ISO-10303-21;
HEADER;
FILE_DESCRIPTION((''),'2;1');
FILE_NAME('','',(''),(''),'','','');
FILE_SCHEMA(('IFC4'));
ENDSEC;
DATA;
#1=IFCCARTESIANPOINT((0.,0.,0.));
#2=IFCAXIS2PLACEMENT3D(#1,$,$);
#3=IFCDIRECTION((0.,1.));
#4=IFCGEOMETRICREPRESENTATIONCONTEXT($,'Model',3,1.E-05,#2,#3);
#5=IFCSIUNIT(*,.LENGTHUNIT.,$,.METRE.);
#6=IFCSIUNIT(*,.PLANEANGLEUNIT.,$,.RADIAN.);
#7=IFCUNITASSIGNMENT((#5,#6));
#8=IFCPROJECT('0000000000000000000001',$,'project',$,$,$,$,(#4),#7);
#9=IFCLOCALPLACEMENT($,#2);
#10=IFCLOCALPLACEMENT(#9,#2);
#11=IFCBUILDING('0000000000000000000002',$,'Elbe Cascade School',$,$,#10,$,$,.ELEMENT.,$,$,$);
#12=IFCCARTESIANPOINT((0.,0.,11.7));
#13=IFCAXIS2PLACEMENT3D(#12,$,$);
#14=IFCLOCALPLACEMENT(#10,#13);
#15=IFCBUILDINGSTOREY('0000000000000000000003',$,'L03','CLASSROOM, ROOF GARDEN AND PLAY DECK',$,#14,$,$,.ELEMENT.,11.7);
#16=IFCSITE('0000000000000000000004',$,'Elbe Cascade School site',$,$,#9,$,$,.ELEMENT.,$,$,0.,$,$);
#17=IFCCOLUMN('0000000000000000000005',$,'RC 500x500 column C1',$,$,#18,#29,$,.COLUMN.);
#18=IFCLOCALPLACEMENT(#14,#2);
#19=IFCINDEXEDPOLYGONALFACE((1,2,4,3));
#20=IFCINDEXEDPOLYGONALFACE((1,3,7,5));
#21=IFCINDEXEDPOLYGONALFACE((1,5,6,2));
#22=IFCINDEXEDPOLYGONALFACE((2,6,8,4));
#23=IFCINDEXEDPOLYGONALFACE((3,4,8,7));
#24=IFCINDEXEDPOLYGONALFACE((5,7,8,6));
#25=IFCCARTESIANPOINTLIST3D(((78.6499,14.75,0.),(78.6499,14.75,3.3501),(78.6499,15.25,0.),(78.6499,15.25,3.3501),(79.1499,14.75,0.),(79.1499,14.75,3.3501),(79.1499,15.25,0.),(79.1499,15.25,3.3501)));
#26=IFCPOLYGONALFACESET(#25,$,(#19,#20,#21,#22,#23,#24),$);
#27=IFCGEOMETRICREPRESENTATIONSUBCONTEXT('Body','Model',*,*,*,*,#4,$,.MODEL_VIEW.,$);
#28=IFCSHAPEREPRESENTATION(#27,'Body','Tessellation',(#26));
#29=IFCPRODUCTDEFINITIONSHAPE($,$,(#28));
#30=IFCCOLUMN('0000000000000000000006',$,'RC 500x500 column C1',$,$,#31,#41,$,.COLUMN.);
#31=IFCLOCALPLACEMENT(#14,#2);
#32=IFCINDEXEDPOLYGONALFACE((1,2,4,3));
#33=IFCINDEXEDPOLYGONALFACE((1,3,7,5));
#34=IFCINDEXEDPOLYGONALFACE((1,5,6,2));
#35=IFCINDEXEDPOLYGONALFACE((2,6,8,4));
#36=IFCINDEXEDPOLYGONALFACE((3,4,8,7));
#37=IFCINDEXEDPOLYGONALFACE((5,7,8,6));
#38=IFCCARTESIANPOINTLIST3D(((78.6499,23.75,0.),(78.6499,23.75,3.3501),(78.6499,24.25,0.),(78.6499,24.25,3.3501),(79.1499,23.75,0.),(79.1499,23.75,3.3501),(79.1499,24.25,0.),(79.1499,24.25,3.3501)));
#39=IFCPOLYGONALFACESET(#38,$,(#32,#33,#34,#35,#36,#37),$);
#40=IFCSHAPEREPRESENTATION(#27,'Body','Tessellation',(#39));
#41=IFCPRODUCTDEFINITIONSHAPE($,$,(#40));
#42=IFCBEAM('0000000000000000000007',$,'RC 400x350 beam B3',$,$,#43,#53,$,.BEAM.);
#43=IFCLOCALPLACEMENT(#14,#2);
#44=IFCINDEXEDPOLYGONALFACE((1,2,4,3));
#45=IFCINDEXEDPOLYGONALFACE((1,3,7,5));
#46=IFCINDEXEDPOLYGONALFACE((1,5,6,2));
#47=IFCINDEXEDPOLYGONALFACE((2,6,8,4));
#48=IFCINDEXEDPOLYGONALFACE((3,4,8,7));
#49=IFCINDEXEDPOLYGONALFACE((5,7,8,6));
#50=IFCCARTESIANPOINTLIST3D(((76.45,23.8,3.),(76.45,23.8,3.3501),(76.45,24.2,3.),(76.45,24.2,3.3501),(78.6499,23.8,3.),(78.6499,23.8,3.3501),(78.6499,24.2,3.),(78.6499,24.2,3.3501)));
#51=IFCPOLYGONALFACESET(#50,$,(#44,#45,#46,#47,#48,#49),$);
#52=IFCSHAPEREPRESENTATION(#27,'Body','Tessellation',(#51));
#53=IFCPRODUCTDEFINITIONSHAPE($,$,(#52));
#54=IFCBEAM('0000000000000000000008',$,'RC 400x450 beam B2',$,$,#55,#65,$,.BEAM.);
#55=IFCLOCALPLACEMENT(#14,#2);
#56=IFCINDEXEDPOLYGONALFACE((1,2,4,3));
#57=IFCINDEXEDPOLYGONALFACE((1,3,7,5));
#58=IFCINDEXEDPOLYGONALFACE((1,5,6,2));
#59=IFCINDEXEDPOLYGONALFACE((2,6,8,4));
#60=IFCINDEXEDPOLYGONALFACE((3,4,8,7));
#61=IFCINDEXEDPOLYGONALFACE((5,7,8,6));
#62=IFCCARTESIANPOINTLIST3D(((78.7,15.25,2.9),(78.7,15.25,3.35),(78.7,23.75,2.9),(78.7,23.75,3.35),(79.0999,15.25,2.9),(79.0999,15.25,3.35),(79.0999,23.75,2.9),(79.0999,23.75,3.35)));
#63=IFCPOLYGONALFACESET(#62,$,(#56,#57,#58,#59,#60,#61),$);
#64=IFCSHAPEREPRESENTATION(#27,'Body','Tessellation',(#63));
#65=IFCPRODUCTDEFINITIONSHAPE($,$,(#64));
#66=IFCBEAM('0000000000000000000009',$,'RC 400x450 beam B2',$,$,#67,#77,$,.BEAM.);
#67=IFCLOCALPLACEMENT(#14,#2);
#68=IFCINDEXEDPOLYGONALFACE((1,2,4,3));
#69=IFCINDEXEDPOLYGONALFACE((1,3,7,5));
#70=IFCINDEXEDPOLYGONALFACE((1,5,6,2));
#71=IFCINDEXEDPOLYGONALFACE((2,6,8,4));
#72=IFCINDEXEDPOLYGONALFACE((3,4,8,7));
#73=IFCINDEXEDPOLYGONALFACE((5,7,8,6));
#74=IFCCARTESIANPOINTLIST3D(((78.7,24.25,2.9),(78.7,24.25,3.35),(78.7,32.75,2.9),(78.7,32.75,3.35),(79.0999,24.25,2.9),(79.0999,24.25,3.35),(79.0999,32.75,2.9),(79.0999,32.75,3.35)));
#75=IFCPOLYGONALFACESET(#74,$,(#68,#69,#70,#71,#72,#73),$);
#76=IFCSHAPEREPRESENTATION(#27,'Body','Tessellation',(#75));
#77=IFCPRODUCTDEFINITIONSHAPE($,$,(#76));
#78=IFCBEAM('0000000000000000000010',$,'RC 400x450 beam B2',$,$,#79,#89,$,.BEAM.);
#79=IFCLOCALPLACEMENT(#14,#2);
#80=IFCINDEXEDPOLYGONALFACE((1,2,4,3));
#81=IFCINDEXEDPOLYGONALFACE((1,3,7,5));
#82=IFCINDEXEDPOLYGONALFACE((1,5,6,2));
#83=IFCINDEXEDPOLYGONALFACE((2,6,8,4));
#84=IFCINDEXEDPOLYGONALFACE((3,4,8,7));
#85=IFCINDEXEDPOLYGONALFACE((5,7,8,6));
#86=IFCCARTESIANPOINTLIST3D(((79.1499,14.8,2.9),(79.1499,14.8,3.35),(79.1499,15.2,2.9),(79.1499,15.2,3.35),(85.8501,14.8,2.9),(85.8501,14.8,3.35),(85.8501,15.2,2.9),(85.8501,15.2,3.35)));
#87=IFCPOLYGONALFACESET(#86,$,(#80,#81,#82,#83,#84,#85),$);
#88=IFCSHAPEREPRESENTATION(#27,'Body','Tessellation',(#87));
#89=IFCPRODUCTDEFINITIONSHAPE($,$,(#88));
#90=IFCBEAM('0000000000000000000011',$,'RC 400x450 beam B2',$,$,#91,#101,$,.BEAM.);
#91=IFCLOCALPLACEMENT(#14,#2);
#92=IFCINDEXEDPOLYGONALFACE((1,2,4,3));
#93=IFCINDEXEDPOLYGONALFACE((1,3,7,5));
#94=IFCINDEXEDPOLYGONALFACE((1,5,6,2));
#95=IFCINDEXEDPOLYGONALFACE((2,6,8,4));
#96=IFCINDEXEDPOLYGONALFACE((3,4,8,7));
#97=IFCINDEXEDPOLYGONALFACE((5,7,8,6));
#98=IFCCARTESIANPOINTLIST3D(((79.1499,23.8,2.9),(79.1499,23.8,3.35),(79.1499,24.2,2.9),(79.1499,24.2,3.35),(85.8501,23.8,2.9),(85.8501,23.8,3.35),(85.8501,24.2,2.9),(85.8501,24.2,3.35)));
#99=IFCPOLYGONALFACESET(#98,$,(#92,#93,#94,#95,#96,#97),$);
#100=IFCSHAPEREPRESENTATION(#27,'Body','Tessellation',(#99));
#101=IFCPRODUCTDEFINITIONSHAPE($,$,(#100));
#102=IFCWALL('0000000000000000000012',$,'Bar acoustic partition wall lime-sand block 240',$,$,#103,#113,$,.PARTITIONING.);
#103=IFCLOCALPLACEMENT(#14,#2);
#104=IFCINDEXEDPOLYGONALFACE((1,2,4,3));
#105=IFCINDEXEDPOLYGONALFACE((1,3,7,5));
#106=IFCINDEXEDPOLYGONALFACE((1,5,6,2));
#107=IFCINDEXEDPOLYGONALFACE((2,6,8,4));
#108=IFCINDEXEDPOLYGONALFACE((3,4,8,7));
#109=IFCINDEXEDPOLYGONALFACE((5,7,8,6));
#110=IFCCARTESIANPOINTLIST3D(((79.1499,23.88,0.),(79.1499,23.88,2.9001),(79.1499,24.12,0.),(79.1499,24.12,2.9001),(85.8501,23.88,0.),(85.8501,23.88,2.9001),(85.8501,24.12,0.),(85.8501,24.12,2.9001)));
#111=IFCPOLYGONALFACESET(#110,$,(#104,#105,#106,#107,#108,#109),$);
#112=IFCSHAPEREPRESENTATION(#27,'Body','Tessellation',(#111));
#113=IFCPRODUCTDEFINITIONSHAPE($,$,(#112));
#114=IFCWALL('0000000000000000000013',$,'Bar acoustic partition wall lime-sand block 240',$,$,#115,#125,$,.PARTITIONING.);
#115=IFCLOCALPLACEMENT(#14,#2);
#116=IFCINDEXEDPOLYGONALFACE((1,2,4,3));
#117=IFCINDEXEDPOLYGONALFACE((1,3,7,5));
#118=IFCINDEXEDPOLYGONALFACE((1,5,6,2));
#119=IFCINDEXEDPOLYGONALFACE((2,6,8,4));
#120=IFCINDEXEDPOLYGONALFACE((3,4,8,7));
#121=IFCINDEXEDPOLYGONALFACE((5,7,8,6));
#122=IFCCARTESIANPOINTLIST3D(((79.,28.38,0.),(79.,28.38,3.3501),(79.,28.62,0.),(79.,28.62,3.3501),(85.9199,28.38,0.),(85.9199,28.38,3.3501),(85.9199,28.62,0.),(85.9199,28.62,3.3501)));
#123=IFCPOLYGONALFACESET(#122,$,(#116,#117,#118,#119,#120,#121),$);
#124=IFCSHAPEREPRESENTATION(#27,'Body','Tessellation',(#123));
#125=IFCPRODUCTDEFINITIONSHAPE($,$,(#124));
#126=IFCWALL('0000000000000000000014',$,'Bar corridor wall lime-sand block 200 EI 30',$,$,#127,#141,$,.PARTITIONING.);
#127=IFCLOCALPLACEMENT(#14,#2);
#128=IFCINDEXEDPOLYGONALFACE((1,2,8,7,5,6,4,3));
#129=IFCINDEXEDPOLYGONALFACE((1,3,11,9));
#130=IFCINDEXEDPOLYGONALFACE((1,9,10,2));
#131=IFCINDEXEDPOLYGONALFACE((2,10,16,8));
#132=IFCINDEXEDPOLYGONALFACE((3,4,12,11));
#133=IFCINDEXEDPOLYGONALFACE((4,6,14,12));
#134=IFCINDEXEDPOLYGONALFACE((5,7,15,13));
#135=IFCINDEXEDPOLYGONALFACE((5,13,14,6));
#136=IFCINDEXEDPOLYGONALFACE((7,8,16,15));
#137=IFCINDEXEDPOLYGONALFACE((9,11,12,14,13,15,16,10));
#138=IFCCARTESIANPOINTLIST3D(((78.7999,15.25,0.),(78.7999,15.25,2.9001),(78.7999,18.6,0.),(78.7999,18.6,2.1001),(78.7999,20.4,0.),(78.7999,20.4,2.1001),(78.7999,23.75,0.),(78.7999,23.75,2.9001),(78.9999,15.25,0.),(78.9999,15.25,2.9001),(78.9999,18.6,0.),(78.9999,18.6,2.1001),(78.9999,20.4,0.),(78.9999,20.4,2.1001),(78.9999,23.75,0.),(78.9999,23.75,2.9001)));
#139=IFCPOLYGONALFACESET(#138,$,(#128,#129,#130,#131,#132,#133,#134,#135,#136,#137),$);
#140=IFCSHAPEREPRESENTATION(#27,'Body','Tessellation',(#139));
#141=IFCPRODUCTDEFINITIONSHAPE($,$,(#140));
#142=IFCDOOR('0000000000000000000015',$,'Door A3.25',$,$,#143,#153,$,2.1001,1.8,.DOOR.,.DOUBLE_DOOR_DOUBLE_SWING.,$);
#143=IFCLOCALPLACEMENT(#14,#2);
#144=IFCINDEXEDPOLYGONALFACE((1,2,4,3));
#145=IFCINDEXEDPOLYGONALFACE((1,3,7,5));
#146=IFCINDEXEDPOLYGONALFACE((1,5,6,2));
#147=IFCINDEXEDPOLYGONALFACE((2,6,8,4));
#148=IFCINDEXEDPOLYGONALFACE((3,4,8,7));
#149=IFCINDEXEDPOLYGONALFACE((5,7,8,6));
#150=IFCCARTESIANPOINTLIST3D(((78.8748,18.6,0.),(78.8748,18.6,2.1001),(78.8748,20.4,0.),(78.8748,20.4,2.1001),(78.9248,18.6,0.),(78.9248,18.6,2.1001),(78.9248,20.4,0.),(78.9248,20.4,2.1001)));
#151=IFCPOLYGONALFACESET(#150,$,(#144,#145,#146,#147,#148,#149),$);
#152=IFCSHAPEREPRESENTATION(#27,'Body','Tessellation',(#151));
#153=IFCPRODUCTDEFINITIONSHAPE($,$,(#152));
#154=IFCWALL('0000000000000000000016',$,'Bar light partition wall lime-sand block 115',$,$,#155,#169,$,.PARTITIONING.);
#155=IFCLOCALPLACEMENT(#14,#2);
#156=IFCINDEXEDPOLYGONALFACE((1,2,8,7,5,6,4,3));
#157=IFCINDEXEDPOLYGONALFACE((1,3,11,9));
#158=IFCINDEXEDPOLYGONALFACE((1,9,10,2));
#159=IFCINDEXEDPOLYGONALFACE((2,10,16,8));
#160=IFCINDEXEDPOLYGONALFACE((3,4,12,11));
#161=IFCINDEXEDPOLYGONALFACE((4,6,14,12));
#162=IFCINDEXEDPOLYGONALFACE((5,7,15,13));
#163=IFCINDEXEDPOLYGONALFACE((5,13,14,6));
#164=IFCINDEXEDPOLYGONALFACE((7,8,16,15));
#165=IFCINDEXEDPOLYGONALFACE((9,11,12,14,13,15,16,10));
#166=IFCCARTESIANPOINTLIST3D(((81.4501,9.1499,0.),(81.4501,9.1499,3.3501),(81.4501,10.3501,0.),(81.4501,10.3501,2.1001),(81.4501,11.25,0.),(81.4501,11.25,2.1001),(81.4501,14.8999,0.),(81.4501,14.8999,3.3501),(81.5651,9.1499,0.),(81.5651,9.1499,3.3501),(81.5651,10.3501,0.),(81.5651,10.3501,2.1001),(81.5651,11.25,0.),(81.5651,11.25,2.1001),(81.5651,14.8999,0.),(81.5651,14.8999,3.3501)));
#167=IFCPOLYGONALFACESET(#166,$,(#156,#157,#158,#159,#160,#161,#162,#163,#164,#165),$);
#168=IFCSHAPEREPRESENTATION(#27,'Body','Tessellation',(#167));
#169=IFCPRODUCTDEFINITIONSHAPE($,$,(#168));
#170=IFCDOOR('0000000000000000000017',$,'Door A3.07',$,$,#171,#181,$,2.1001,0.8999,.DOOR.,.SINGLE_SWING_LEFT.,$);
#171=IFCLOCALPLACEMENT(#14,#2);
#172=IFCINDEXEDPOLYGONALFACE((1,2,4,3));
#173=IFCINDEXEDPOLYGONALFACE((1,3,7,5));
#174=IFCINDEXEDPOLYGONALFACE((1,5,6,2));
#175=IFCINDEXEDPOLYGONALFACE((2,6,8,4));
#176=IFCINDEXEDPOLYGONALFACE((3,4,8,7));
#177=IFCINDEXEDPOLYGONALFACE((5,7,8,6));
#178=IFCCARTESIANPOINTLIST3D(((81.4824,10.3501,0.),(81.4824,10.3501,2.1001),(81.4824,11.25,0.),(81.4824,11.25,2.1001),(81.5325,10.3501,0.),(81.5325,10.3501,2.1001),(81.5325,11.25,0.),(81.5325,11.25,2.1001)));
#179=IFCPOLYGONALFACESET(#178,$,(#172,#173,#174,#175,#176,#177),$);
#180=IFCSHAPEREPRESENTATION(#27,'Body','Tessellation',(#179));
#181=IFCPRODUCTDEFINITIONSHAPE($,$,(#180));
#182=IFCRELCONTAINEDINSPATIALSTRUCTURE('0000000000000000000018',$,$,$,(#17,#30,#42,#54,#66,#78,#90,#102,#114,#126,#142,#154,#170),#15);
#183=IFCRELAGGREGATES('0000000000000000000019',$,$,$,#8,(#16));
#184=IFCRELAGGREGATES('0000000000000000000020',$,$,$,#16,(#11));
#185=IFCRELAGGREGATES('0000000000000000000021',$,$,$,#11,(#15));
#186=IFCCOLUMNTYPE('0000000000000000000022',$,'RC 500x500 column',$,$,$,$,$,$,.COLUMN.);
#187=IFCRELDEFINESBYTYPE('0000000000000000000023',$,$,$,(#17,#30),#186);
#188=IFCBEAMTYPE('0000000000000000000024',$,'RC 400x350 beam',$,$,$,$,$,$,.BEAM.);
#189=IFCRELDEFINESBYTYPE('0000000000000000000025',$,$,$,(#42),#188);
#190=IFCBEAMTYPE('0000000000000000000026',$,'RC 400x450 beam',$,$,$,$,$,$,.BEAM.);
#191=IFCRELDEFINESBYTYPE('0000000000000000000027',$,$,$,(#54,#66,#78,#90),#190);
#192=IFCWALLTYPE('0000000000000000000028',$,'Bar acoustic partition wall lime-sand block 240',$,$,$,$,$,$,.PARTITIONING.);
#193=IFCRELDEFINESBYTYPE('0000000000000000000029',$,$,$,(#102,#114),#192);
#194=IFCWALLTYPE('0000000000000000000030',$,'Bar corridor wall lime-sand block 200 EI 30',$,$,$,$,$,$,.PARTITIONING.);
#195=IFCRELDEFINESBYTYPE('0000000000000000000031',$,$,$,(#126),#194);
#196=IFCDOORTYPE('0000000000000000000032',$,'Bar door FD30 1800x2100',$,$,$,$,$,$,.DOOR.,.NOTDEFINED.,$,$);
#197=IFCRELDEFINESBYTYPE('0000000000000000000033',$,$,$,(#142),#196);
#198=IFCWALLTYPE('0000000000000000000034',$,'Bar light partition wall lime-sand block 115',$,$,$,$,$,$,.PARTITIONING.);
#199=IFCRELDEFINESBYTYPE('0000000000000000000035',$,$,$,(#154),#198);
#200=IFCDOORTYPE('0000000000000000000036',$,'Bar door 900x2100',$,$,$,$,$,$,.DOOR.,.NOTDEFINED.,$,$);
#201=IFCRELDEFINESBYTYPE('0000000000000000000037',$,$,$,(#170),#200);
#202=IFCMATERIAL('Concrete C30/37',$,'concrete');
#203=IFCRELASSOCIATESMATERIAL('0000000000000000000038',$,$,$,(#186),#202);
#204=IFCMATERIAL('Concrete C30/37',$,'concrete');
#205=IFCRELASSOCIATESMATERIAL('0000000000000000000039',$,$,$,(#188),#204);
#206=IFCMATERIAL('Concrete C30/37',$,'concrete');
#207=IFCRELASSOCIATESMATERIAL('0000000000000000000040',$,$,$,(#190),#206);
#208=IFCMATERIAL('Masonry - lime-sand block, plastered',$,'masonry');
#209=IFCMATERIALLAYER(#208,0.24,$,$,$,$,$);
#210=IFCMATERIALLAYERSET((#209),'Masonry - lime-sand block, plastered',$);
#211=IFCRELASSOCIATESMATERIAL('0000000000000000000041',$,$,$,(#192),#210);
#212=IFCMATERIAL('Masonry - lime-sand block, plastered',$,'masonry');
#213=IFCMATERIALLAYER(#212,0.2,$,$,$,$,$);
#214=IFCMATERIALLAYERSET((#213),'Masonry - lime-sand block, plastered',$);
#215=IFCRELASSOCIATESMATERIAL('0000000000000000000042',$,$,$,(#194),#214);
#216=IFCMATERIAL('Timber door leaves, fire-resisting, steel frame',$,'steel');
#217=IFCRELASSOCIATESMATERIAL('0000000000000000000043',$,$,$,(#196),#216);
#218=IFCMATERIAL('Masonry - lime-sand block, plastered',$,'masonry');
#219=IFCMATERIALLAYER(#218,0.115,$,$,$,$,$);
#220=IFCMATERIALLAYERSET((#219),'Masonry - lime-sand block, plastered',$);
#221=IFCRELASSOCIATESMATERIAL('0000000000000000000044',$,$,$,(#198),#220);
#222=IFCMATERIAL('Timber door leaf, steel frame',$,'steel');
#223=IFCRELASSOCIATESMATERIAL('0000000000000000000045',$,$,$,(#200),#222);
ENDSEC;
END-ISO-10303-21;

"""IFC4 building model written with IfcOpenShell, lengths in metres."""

from ifc_helpers import new_model, si_unit, direction, frame, frame_2d, origin, origin_2d, place, context, subcontext, project, spatial, rectangle, extrude, material, layer, layer_set, material_profile, profile_set, type_object, element, fill, save


model = new_model("IFC4")

# Units and contexts
model_context = context("Model", 3, precision=1e-05, world=origin(), true_north=direction((0.0, 1.0)))
body_context = subcontext(model_context, "Body", "Model", "MODEL_VIEW")
ifc_project = project(units=[si_unit("LENGTHUNIT", "METRE"), si_unit("PLANEANGLEUNIT", "RADIAN")], contexts=[model_context])

# Site, building, storey
site_placement = place(None, origin())
site = spatial("IfcSite", under=ifc_project, at=site_placement, Name="Elbe Cascade School site", CompositionType="ELEMENT", RefElevation=0.0)
building_placement = place(site_placement, origin())
building = spatial("IfcBuilding", under=site, at=building_placement, Name="Elbe Cascade School", CompositionType="ELEMENT")
storey_placement = place(building_placement, frame((0.0, 0.0, 11.7)))
storey = spatial("IfcBuildingStorey", under=building, at=storey_placement, Name="L03", Description="CLASSROOM, ROOF GARDEN AND PLAY DECK", CompositionType="ELEMENT", Elevation=11.7)

# Columns
ifc_material_1 = material(Name="Concrete C30/37", Category="concrete")
ifc_material_profile_1 = material_profile(ifc_material_1, rectangle(XDim=0.5, YDim=0.5, at=origin_2d()), Name="RC 500x500")
ifc_profile_set_1 = profile_set([ifc_material_profile_1], Name="Concrete C30/37")
column_type = type_object("IfcColumnType", Name="RC 500x500 column", PredefinedType="COLUMN", material=ifc_profile_set_1)
for number, where, z_axis, x_axis, name in (
    (1, (78.8999, 15.0, 0.0), (0.0, 0.0, 1.0), (1.0, 0.0, 0.0), "RC 500x500 column C1"),
    (2, (78.8999, 24.0, 0.0), (0.0, 0.0, 1.0), (1.0, 0.0, 0.0), "RC 500x500 column C1"),
):
    element("IfcColumn", number, at=place(storey_placement, frame(where, z_axis=z_axis, x_axis=x_axis)), inside=storey, type_object=column_type, Name=name, PredefinedType="COLUMN", context=body_context, shape_type="SweptSolid", body=[
        extrude(rectangle(XDim=0.5, YDim=0.5, at=origin_2d()), origin(), (0.0, 0.0, 1.0), 3.3501),
    ])

# Beams
ifc_material_2 = material(Name="Concrete C30/37", Category="concrete")
ifc_material_profile_2 = material_profile(ifc_material_2, rectangle(XDim=0.3999, YDim=0.3501, at=origin_2d()), Name="RC 400x350")
ifc_profile_set_2 = profile_set([ifc_material_profile_2], Name="Concrete C30/37")
beam_type_1 = type_object("IfcBeamType", Name="RC 400x350 beam", PredefinedType="BEAM", material=ifc_profile_set_2)
beam_placement = place(storey_placement, frame((76.45, 24.0, 3.175), z_axis=(1.0, 0.0, 0.0), x_axis=(0.0, 1.0, 0.0)))
element("IfcBeam", 3, at=beam_placement, inside=storey, type_object=beam_type_1, Name="RC 400x350 beam B3", PredefinedType="BEAM", context=body_context, shape_type="SweptSolid", body=[
    extrude(rectangle(XDim=0.3999, YDim=0.3501, at=origin_2d()), origin(), (0.0, 0.0, 1.0), 2.2),
])
ifc_material_3 = material(Name="Concrete C30/37", Category="concrete")
ifc_material_profile_3 = material_profile(ifc_material_3, rectangle(XDim=0.3999, YDim=0.45, at=origin_2d()), Name="RC 400x450")
ifc_profile_set_3 = profile_set([ifc_material_profile_3], Name="Concrete C30/37")
beam_type_2 = type_object("IfcBeamType", Name="RC 400x450 beam", PredefinedType="BEAM", material=ifc_profile_set_3)
for number, where, z_axis, x_axis, name in (
    (4, (78.8999, 15.25, 3.125), (0.0, 1.0, 0.0), (-1.0, 0.0, 0.0), "RC 400x450 beam B2"),
    (5, (78.8999, 24.25, 3.125), (0.0, 1.0, 0.0), (-1.0, 0.0, 0.0), "RC 400x450 beam B2"),
):
    element("IfcBeam", number, at=place(storey_placement, frame(where, z_axis=z_axis, x_axis=x_axis)), inside=storey, type_object=beam_type_2, Name=name, PredefinedType="BEAM", context=body_context, shape_type="SweptSolid", body=[
        extrude(rectangle(XDim=0.3999, YDim=0.45, at=origin_2d()), origin(), (0.0, 0.0, 1.0), 8.5),
    ])
for number, where, z_axis, x_axis, name in (
    (6, (79.1499, 15.0, 3.125), (1.0, 0.0, 0.0), (0.0, 1.0, 0.0), "RC 400x450 beam B2"),
    (7, (79.1499, 24.0, 3.125), (1.0, 0.0, 0.0), (0.0, 1.0, 0.0), "RC 400x450 beam B2"),
):
    element("IfcBeam", number, at=place(storey_placement, frame(where, z_axis=z_axis, x_axis=x_axis)), inside=storey, type_object=beam_type_2, Name=name, PredefinedType="BEAM", context=body_context, shape_type="SweptSolid", body=[
        extrude(rectangle(XDim=0.3999, YDim=0.45, at=origin_2d()), origin(), (0.0, 0.0, 1.0), 6.7002),
    ])

# Walls
ifc_material_4 = material(Name="Masonry - lime-sand block, plastered", Category="masonry")
ifc_layer_1 = layer(ifc_material_4, 0.24)
ifc_layer_set_1 = layer_set([ifc_layer_1], Name="Masonry - lime-sand block, plastered")
wall_type_1 = type_object("IfcWallType", Name="Bar acoustic partition wall lime-sand block 240", PredefinedType="PARTITIONING", material=ifc_layer_set_1)
wall_1_placement = place(storey_placement, frame((79.1499, 24.0, 0.0), z_axis=(0.0, 0.0, 1.0), x_axis=(1.0, 0.0, 0.0)))
element("IfcWall", 8, at=wall_1_placement, inside=storey, type_object=wall_type_1, Name="Bar acoustic partition wall lime-sand block 240", PredefinedType="PARTITIONING", context=body_context, shape_type="SweptSolid", body=[
    extrude(rectangle(XDim=6.7002, YDim=0.24, at=frame_2d((3.3501, 0.0))), origin(), (0.0, 0.0, 1.0), 2.9001),
])
wall_2_placement = place(storey_placement, frame((79.0, 28.5, 0.0), z_axis=(0.0, 0.0, 1.0), x_axis=(1.0, 0.0, 0.0)))
element("IfcWall", 9, at=wall_2_placement, inside=storey, type_object=wall_type_1, Name="Bar acoustic partition wall lime-sand block 240", PredefinedType="PARTITIONING", context=body_context, shape_type="SweptSolid", body=[
    extrude(rectangle(XDim=6.9199, YDim=0.24, at=frame_2d((3.46, 0.0))), origin(), (0.0, 0.0, 1.0), 3.3501),
])

# Walls, openings, doors
ifc_material_5 = material(Name="Masonry - lime-sand block, plastered", Category="masonry")
ifc_layer_2 = layer(ifc_material_5, 0.2)
ifc_layer_set_2 = layer_set([ifc_layer_2], Name="Masonry - lime-sand block, plastered")
wall_type_2 = type_object("IfcWallType", Name="Bar corridor wall lime-sand block 200 EI 30", PredefinedType="PARTITIONING", material=ifc_layer_set_2)
wall_3_placement = place(storey_placement, frame((78.8999, 23.75, 0.0), z_axis=(0.0, 0.0, 1.0), x_axis=(0.0, -1.0, 0.0)))
wall_3 = element("IfcWall", 10, at=wall_3_placement, inside=storey, type_object=wall_type_2, Name="Bar corridor wall lime-sand block 200 EI 30", PredefinedType="PARTITIONING", context=body_context, shape_type="SweptSolid", body=[
    extrude(rectangle(XDim=8.5, YDim=0.2, at=frame_2d((4.25, 0.0))), origin(), (0.0, 0.0, 1.0), 2.9001),
])
opening_1_placement = place(wall_3_placement, frame((3.3501, 0.0, 0.0)))
opening_1 = element("IfcOpeningElement", 11, at=opening_1_placement, cuts=wall_3, PredefinedType="OPENING", context=body_context, shape_type="SweptSolid", body=[
    extrude(rectangle(XDim=1.8, YDim=2.1001, at=frame_2d((0.8999, 1.05))), frame((0.0, 0.1099, 0.0), z_axis=(0.0, -1.0, 0.0), x_axis=(1.0, 0.0, 0.0)), (0.0, 0.0, 1.0), 0.22),
])
ifc_material_6 = material(Name="Timber door leaves, fire-resisting, steel frame", Category="steel")
door_type_1 = type_object("IfcDoorType", Name="Bar door FD30 1800x2100", OperationType="NOTDEFINED", PredefinedType="DOOR", material=ifc_material_6)
door_1_placement = place(opening_1_placement, origin())
door_1 = element("IfcDoor", 12, at=door_1_placement, inside=storey, type_object=door_type_1, Name="Door A3.25", OperationType="DOUBLE_DOOR_DOUBLE_SWING", OverallHeight=2.1001, OverallWidth=1.8, PredefinedType="DOOR", context=body_context, shape_type="SweptSolid", body=[
    extrude(rectangle(XDim=1.8, YDim=2.1001, at=frame_2d((0.8999, 1.05))), frame((0.0, 0.0249, 0.0), z_axis=(0.0, -1.0, 0.0), x_axis=(1.0, 0.0, 0.0)), (0.0, 0.0, 1.0), 0.05),
])
fill(opening_1, door_1)
ifc_material_7 = material(Name="Masonry - lime-sand block, plastered", Category="masonry")
ifc_layer_3 = layer(ifc_material_7, 0.115)
ifc_layer_set_3 = layer_set([ifc_layer_3], Name="Masonry - lime-sand block, plastered")
wall_type_3 = type_object("IfcWallType", Name="Bar light partition wall lime-sand block 115", PredefinedType="PARTITIONING", material=ifc_layer_set_3)
wall_4_placement = place(storey_placement, frame((81.5076, 14.8999, 0.0), z_axis=(0.0, 0.0, 1.0), x_axis=(0.0, -1.0, 0.0)))
wall_4 = element("IfcWall", 13, at=wall_4_placement, inside=storey, type_object=wall_type_3, Name="Bar light partition wall lime-sand block 115", PredefinedType="PARTITIONING", context=body_context, shape_type="SweptSolid", body=[
    extrude(rectangle(XDim=5.75, YDim=0.115, at=frame_2d((2.875, 0.0))), origin(), (0.0, 0.0, 1.0), 3.3501),
])
opening_2_placement = place(wall_4_placement, frame((3.6499, 0.0, 0.0)))
opening_2 = element("IfcOpeningElement", 14, at=opening_2_placement, cuts=wall_4, PredefinedType="OPENING", context=body_context, shape_type="SweptSolid", body=[
    extrude(rectangle(XDim=0.8999, YDim=2.1001, at=frame_2d((0.45, 1.05))), frame((0.0, 0.0674, 0.0), z_axis=(0.0, -1.0, 0.0), x_axis=(1.0, 0.0, 0.0)), (0.0, 0.0, 1.0), 0.135),
])
ifc_material_8 = material(Name="Timber door leaf, steel frame", Category="steel")
door_type_2 = type_object("IfcDoorType", Name="Bar door 900x2100", OperationType="NOTDEFINED", PredefinedType="DOOR", material=ifc_material_8)
door_2_placement = place(opening_2_placement, origin())
door_2 = element("IfcDoor", 15, at=door_2_placement, inside=storey, type_object=door_type_2, Name="Door A3.07", OperationType="SINGLE_SWING_LEFT", OverallHeight=2.1001, OverallWidth=0.8999, PredefinedType="DOOR", context=body_context, shape_type="SweptSolid", body=[
    extrude(rectangle(XDim=0.8999, YDim=2.1001, at=frame_2d((0.45, 1.05))), frame((0.0, 0.0249, 0.0), z_axis=(0.0, -1.0, 0.0), x_axis=(1.0, 0.0, 0.0)), (0.0, 0.0, 1.0), 0.05),
])
fill(opening_2, door_2)

save(model, "model.ifc")
